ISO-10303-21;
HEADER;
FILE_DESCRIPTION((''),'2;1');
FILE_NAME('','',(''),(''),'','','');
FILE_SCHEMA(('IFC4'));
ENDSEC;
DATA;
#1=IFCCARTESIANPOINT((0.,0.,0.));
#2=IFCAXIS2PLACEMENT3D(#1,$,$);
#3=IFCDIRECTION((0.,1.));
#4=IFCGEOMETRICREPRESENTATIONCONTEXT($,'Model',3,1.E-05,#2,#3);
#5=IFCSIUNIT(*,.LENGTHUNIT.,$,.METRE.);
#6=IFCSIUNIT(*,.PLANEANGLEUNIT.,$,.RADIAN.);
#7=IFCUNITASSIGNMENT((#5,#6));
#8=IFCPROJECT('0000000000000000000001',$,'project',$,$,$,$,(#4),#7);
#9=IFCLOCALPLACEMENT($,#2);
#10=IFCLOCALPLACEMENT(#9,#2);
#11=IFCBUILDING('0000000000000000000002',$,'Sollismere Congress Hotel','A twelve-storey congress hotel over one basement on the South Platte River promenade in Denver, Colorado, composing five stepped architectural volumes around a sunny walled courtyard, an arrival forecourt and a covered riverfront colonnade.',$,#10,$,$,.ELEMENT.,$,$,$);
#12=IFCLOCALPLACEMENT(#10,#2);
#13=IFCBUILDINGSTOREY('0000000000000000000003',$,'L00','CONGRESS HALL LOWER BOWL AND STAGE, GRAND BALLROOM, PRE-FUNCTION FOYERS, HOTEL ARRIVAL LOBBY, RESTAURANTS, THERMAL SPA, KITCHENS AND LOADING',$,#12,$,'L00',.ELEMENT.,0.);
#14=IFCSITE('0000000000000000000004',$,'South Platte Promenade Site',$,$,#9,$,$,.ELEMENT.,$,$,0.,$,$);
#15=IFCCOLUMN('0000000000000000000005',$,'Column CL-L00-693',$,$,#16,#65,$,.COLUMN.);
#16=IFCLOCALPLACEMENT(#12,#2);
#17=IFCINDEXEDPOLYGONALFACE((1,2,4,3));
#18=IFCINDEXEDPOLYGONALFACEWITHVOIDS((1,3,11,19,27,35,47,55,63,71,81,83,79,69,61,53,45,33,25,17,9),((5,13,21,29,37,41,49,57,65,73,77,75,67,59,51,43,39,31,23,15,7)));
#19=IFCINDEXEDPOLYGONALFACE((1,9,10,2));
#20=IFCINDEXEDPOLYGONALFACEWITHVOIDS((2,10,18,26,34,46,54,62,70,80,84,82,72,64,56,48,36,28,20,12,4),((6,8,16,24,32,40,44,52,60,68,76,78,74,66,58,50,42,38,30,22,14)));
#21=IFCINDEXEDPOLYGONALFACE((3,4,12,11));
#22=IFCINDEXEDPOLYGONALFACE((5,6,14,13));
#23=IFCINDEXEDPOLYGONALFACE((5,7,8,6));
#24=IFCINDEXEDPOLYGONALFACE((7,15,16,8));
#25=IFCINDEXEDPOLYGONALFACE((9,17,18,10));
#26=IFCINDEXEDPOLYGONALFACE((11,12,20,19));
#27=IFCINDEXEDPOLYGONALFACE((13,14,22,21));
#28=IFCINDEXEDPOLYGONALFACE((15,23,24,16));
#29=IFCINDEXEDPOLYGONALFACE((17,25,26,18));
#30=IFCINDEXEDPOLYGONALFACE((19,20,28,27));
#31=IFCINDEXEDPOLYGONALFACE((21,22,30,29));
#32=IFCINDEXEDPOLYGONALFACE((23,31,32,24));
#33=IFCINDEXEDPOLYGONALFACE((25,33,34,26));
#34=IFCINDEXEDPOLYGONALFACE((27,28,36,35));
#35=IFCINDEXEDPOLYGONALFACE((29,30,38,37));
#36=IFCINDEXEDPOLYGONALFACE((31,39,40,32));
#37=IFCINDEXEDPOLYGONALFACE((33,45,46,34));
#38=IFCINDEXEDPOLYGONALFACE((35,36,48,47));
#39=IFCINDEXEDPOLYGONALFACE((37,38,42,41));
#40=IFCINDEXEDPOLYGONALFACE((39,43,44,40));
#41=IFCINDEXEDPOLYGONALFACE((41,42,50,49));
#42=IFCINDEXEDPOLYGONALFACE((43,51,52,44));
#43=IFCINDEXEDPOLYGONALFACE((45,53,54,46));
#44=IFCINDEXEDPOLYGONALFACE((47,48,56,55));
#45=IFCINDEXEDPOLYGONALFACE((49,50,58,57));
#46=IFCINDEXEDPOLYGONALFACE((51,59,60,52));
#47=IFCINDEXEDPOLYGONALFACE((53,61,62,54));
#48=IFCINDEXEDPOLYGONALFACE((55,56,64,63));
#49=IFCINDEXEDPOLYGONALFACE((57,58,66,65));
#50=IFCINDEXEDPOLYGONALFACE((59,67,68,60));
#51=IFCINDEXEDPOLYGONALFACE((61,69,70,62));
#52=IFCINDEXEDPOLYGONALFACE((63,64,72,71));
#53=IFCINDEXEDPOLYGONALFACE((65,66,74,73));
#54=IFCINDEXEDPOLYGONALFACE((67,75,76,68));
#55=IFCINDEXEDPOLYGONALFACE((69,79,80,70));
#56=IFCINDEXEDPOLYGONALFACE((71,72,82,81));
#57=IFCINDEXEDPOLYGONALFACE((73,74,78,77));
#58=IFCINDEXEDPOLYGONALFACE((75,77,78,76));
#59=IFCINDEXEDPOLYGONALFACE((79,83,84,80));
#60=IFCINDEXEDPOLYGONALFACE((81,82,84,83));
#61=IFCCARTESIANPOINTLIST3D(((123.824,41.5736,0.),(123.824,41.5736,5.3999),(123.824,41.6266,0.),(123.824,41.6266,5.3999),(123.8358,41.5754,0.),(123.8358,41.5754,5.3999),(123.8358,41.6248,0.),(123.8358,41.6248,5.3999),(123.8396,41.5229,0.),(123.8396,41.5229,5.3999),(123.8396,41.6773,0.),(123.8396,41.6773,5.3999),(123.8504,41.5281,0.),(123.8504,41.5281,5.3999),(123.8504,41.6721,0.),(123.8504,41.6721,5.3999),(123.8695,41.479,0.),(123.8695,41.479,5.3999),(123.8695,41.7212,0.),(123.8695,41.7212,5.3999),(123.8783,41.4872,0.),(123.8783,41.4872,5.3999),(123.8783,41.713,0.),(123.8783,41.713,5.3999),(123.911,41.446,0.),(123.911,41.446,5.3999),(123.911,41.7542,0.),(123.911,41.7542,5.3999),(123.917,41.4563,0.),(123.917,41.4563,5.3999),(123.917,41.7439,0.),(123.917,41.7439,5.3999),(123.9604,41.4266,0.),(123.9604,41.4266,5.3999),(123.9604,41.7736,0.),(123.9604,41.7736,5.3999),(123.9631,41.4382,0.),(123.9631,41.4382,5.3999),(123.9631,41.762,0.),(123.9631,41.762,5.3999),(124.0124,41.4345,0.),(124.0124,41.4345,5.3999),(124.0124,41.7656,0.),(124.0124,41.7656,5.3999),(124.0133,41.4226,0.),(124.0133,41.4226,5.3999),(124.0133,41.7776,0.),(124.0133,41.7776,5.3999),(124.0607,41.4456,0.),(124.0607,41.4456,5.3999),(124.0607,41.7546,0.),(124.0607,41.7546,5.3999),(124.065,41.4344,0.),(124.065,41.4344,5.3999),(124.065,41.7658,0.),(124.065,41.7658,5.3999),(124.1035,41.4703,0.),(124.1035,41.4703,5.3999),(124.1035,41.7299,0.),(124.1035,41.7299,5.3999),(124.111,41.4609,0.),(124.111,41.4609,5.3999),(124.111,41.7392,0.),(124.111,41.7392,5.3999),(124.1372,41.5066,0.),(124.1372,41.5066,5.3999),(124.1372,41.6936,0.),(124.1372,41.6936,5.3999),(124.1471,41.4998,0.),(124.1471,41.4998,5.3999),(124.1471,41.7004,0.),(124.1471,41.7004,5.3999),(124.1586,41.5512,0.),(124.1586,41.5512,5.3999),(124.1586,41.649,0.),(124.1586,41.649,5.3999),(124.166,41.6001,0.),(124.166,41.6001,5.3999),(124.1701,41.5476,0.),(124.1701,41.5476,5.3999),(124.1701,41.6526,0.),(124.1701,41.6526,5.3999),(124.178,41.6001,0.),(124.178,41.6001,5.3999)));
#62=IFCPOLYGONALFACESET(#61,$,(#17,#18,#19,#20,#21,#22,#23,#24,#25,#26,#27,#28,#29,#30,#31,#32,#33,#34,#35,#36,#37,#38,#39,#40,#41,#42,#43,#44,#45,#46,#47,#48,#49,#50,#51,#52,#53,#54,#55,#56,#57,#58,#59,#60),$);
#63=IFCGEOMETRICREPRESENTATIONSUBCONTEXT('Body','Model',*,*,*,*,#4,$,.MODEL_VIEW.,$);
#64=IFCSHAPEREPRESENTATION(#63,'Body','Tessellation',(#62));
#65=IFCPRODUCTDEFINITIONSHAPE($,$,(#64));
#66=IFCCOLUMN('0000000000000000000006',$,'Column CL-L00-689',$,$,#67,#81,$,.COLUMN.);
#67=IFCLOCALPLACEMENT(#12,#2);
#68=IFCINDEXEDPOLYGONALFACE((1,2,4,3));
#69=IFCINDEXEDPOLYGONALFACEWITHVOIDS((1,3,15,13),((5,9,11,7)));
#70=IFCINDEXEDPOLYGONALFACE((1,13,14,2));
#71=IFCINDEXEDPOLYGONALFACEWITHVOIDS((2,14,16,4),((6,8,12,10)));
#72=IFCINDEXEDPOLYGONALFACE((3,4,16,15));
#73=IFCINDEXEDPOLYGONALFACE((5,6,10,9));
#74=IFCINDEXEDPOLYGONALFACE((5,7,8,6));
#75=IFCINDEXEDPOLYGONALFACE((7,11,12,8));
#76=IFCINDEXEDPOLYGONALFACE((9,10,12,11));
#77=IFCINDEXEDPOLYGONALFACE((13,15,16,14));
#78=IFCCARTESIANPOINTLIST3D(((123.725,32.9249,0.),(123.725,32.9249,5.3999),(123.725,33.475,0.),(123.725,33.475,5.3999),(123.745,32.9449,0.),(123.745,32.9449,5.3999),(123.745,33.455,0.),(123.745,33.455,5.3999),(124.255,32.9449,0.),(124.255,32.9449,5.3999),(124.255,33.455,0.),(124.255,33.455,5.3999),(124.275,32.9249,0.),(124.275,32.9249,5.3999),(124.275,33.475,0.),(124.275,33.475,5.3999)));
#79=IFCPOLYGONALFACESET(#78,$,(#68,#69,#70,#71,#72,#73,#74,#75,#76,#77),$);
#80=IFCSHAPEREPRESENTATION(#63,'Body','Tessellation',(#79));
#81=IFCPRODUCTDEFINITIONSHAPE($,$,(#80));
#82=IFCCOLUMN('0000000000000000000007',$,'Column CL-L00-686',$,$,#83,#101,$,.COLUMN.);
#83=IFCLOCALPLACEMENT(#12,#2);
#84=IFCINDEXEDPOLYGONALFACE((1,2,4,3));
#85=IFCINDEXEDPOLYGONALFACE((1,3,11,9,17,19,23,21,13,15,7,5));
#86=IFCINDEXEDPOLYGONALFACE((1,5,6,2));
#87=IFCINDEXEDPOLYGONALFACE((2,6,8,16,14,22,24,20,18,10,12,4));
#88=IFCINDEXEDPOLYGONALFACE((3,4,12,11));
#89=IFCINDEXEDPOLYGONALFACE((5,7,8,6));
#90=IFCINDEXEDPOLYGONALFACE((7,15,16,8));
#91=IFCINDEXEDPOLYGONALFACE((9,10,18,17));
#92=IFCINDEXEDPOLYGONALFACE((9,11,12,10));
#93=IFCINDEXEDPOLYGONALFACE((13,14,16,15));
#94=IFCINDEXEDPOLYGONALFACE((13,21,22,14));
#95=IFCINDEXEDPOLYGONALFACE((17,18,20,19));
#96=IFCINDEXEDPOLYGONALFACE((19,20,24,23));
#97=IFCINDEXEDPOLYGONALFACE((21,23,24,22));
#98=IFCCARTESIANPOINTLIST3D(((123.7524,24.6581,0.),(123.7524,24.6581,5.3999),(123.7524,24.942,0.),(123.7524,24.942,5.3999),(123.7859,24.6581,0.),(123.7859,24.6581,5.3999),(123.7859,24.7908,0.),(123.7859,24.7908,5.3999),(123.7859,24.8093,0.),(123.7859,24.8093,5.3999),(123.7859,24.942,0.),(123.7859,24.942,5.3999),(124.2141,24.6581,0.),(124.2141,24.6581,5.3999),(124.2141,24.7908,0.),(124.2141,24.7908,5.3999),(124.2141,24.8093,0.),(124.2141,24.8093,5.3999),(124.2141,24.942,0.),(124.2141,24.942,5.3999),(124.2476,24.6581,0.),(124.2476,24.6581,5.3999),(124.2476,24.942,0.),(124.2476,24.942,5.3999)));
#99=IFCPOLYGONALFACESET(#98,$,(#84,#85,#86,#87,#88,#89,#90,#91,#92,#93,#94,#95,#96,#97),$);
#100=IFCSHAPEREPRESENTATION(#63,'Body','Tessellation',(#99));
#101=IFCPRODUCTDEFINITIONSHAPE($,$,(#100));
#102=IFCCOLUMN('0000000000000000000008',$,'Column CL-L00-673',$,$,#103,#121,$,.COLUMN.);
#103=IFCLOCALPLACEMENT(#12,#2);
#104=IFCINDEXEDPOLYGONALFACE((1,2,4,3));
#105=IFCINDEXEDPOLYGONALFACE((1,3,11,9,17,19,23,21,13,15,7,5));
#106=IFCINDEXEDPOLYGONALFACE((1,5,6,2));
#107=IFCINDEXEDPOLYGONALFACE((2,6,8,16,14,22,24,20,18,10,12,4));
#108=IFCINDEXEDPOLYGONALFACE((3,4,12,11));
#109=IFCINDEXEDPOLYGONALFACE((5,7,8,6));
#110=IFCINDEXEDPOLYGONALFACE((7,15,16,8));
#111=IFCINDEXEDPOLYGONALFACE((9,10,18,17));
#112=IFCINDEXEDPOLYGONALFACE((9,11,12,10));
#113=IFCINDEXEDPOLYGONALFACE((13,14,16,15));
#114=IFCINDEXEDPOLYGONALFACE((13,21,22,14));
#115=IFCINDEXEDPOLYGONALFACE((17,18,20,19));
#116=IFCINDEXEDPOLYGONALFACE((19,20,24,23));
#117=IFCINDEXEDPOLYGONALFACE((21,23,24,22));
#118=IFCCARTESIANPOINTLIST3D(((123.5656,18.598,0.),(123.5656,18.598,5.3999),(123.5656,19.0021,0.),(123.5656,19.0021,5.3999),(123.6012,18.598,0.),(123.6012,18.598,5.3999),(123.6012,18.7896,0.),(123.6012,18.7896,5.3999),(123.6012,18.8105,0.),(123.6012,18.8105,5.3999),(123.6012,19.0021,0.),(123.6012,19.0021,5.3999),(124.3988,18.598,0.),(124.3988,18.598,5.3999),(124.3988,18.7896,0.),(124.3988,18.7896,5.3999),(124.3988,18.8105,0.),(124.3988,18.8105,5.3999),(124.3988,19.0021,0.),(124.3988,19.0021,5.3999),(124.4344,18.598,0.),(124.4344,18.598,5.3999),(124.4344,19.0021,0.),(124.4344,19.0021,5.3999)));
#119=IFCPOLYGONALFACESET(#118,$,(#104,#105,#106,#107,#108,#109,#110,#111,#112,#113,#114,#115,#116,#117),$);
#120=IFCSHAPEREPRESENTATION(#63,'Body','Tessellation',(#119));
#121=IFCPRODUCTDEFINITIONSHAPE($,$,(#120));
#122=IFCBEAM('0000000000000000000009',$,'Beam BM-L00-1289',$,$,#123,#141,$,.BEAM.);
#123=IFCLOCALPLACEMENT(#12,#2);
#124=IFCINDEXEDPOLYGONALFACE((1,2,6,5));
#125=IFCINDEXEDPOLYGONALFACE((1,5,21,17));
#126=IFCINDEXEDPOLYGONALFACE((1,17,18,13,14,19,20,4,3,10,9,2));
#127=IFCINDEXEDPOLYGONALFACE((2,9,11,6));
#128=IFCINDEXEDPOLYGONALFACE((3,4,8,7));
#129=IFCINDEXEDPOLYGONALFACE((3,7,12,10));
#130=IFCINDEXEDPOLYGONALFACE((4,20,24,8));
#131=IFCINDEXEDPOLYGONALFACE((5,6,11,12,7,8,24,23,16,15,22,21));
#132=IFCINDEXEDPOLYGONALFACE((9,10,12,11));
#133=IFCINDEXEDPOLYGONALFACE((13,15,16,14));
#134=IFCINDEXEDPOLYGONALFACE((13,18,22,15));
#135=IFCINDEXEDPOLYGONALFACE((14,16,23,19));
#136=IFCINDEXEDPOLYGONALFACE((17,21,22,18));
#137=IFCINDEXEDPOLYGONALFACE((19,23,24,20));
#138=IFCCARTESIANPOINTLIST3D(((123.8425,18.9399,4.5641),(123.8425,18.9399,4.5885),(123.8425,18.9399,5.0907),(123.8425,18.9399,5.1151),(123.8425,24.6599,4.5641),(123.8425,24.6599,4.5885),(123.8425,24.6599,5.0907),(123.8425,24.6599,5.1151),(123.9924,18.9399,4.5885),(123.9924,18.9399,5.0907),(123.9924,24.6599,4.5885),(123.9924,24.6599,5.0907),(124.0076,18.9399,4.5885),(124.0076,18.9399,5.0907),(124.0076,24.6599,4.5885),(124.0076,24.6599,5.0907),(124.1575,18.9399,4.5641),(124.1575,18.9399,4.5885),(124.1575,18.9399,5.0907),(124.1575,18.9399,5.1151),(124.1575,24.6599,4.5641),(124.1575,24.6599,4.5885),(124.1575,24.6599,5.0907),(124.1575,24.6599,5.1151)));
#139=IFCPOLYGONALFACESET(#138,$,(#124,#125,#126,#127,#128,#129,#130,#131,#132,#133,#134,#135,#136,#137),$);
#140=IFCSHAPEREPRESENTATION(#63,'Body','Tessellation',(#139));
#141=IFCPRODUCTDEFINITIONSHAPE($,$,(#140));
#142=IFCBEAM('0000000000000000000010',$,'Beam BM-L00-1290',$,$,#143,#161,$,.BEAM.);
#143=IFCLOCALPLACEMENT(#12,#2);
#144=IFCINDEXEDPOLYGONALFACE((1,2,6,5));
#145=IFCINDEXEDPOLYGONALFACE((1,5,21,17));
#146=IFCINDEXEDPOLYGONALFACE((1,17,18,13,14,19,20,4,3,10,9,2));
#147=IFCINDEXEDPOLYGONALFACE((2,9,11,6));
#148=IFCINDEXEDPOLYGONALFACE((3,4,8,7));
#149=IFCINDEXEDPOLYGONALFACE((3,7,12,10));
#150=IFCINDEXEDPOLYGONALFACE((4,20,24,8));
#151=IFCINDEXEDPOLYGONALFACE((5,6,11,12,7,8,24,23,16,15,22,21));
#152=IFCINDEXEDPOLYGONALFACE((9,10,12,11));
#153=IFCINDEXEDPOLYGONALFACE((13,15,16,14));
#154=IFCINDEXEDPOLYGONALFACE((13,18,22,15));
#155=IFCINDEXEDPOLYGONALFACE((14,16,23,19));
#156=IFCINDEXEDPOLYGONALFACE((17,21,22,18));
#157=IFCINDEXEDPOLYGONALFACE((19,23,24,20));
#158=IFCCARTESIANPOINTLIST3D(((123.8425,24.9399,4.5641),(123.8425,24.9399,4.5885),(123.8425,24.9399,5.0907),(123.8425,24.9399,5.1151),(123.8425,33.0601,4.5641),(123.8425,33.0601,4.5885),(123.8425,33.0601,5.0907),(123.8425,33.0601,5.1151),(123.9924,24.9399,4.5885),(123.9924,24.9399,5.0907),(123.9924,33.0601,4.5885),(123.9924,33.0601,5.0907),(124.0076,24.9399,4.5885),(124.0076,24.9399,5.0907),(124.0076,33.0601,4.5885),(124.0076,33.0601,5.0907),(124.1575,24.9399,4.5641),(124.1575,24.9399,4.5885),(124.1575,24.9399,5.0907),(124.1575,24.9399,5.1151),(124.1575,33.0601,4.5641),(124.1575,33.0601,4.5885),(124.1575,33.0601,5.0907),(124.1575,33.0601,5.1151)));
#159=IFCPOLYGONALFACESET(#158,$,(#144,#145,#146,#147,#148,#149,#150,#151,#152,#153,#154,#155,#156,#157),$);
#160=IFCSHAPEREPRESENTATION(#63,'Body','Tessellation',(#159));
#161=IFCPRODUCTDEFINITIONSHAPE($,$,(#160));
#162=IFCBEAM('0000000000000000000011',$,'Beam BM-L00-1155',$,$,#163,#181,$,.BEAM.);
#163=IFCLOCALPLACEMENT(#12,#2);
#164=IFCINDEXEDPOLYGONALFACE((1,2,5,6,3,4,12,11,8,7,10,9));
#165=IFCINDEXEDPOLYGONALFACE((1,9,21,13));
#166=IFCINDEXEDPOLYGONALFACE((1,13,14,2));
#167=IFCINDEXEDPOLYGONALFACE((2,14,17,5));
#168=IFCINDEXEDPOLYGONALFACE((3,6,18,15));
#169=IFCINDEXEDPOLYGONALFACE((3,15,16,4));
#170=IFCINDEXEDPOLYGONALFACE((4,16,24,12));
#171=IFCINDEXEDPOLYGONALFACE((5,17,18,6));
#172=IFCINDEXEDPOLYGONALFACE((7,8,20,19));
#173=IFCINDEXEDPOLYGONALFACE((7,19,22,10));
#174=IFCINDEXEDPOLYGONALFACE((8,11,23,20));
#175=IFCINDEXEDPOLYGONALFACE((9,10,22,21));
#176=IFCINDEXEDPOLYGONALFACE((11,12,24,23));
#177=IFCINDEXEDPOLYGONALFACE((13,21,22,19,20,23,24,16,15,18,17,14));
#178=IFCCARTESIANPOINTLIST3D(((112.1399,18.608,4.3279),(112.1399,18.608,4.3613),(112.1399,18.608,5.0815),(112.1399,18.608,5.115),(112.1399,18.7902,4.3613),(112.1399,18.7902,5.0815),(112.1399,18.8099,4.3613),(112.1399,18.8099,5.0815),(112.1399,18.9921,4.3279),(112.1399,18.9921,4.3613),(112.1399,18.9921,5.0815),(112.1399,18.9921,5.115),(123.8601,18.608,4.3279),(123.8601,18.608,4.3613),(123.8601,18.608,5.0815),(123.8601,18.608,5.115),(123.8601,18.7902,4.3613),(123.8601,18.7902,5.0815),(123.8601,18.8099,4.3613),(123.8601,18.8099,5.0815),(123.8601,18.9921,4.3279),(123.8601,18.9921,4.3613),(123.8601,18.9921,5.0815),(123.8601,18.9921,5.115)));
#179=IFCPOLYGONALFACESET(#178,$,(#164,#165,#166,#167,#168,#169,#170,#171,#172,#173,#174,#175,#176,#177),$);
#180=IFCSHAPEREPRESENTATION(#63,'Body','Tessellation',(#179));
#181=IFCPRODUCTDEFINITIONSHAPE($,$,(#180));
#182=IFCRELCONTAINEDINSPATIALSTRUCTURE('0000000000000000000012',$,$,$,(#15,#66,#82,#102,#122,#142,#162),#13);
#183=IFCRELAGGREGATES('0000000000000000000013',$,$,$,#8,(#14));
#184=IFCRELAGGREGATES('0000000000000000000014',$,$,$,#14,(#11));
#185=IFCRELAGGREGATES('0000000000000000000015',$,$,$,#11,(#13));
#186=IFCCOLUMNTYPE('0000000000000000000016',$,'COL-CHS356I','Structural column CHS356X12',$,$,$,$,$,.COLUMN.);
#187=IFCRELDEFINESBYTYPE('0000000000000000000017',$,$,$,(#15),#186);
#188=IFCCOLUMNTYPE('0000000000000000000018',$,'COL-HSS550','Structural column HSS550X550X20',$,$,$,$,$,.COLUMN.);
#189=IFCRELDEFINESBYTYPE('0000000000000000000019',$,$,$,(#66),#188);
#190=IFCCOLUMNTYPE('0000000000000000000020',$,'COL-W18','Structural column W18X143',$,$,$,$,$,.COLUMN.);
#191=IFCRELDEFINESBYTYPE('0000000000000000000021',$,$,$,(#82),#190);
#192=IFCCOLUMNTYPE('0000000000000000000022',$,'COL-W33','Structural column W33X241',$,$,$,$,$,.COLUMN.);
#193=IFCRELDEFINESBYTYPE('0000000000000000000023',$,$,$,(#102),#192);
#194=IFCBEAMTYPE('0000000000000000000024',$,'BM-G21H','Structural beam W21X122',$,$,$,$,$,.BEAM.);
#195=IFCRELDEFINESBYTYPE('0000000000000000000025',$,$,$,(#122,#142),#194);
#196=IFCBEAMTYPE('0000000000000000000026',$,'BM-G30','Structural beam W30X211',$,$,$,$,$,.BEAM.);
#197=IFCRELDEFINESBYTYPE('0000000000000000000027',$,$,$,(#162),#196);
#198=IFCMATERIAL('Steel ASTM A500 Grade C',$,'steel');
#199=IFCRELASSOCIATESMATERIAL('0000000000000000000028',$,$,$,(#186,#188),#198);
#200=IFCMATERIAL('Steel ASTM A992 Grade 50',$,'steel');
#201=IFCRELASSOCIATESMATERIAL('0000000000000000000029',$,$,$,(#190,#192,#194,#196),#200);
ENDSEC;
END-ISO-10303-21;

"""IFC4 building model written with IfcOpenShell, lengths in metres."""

from ifc_helpers import new_model, si_unit, direction, frame, origin, origin_2d, place, context, subcontext, project, spatial, hollow_rectangle, hollow_circle, i_section, extrude, material, material_profile, profile_set, type_object, element, save


model = new_model("IFC4")

# Units and contexts
model_context = context("Model", 3, precision=1e-05, world=origin(), true_north=direction((0.0, 1.0)))
body_context = subcontext(model_context, "Body", "Model", "MODEL_VIEW")
ifc_project = project(units=[si_unit("LENGTHUNIT", "METRE"), si_unit("PLANEANGLEUNIT", "RADIAN")], contexts=[model_context])

# Site, building, storey
site_placement = place(None, origin())
site = spatial("IfcSite", under=ifc_project, at=site_placement, Name="South Platte Promenade Site", CompositionType="ELEMENT", RefElevation=0.0)
building_placement = place(site_placement, origin())
building = spatial("IfcBuilding", under=site, at=building_placement, Name="Sollismere Congress Hotel", Description="A twelve-storey congress hotel over one basement on the South Platte River promenade in Denver, Colorado, composing five stepped architectural volumes around a sunny walled courtyard, an arrival forecourt and a covered riverfront colonnade.", CompositionType="ELEMENT")
storey_placement = place(building_placement, origin())
storey = spatial("IfcBuildingStorey", under=building, at=storey_placement, Name="L00", Description="CONGRESS HALL LOWER BOWL AND STAGE, GRAND BALLROOM, PRE-FUNCTION FOYERS, HOTEL ARRIVAL LOBBY, RESTAURANTS, THERMAL SPA, KITCHENS AND LOADING", LongName="L00", CompositionType="ELEMENT", Elevation=0.0)

# Columns
ifc_material_1 = material(Name="Steel ASTM A500 Grade C", Category="steel")
ifc_material_profile_1 = material_profile(ifc_material_1, hollow_circle(Radius=0.178, WallThickness=0.012, at=origin_2d()), Name="CHS356X12")
ifc_profile_set_1 = profile_set([ifc_material_profile_1], Name="Steel ASTM A500 Grade C")
column_type_1 = type_object("IfcColumnType", Name="COL-CHS356I", Description="Structural column CHS356X12", PredefinedType="COLUMN", material=ifc_profile_set_1)
column_1_placement = place(storey_placement, frame((124.0, 41.6001, 0.0), z_axis=(0.0, 0.0, 1.0), x_axis=(1.0, 0.0, 0.0)))
element("IfcColumn", 1, at=column_1_placement, inside=storey, type_object=column_type_1, Name="Column CL-L00-693", PredefinedType="COLUMN", context=body_context, shape_type="SweptSolid", body=[
    extrude(hollow_circle(Radius=0.178, WallThickness=0.012, at=origin_2d()), origin(), (0.0, 0.0, 1.0), 5.3999),
])
ifc_material_profile_2 = material_profile(ifc_material_1, hollow_rectangle(XDim=0.55, YDim=0.55, WallThickness=0.02, at=origin_2d()), Name="HSS550X550X20")
ifc_profile_set_2 = profile_set([ifc_material_profile_2], Name="Steel ASTM A500 Grade C")
column_type_2 = type_object("IfcColumnType", Name="COL-HSS550", Description="Structural column HSS550X550X20", PredefinedType="COLUMN", material=ifc_profile_set_2)
column_2_placement = place(storey_placement, frame((124.0, 33.2, 0.0), z_axis=(0.0, 0.0, 1.0), x_axis=(1.0, 0.0, 0.0)))
element("IfcColumn", 2, at=column_2_placement, inside=storey, type_object=column_type_2, Name="Column CL-L00-689", PredefinedType="COLUMN", context=body_context, shape_type="SweptSolid", body=[
    extrude(hollow_rectangle(XDim=0.55, YDim=0.55, WallThickness=0.02, at=origin_2d()), origin(), (0.0, 0.0, 1.0), 5.3999),
])
ifc_material_2 = material(Name="Steel ASTM A992 Grade 50", Category="steel")
ifc_material_profile_3 = material_profile(ifc_material_2, i_section(OverallWidth=0.2839, OverallDepth=0.4951, WebThickness=0.0186, FlangeThickness=0.0334, at=origin_2d()), Name="W18X143")
ifc_profile_set_3 = profile_set([ifc_material_profile_3], Name="Steel ASTM A992 Grade 50")
column_type_3 = type_object("IfcColumnType", Name="COL-W18", Description="Structural column W18X143", PredefinedType="COLUMN", material=ifc_profile_set_3)
column_3_placement = place(storey_placement, frame((124.0, 24.8, 0.0), z_axis=(0.0, 0.0, 1.0), x_axis=(0.0, 1.0, 0.0)))
element("IfcColumn", 3, at=column_3_placement, inside=storey, type_object=column_type_3, Name="Column CL-L00-686", PredefinedType="COLUMN", context=body_context, shape_type="SweptSolid", body=[
    extrude(i_section(OverallWidth=0.2839, OverallDepth=0.4951, WebThickness=0.0186, FlangeThickness=0.0334, at=origin_2d()), origin(), (0.0, 0.0, 1.0), 5.3999),
])
ifc_material_profile_4 = material_profile(ifc_material_2, i_section(OverallWidth=0.4041, OverallDepth=0.8689, WebThickness=0.021, FlangeThickness=0.0356, at=origin_2d()), Name="W33X241")
ifc_profile_set_4 = profile_set([ifc_material_profile_4], Name="Steel ASTM A992 Grade 50")
column_type_4 = type_object("IfcColumnType", Name="COL-W33", Description="Structural column W33X241", PredefinedType="COLUMN", material=ifc_profile_set_4)
column_4_placement = place(storey_placement, frame((124.0, 18.8, 0.0), z_axis=(0.0, 0.0, 1.0), x_axis=(0.0, 1.0, 0.0)))
element("IfcColumn", 4, at=column_4_placement, inside=storey, type_object=column_type_4, Name="Column CL-L00-673", PredefinedType="COLUMN", context=body_context, shape_type="SweptSolid", body=[
    extrude(i_section(OverallWidth=0.4041, OverallDepth=0.8689, WebThickness=0.021, FlangeThickness=0.0356, at=origin_2d()), origin(), (0.0, 0.0, 1.0), 5.3999),
])

# Beams
ifc_material_profile_5 = material_profile(ifc_material_2, i_section(OverallWidth=0.3149, OverallDepth=0.551, WebThickness=0.0151, FlangeThickness=0.0244, at=origin_2d()), Name="W21X122")
ifc_profile_set_5 = profile_set([ifc_material_profile_5], Name="Steel ASTM A992 Grade 50")
beam_type_1 = type_object("IfcBeamType", Name="BM-G21H", Description="Structural beam W21X122", PredefinedType="BEAM", material=ifc_profile_set_5)
beam_1_placement = place(storey_placement, frame((124.0, 18.9399, 4.8396), z_axis=(0.0, 1.0, 0.0), x_axis=(-1.0, 0.0, 0.0)))
element("IfcBeam", 5, at=beam_1_placement, inside=storey, type_object=beam_type_1, Name="Beam BM-L00-1289", PredefinedType="BEAM", context=body_context, shape_type="SweptSolid", body=[
    extrude(i_section(OverallWidth=0.3149, OverallDepth=0.551, WebThickness=0.0151, FlangeThickness=0.0244, at=origin_2d()), origin(), (0.0, 0.0, 1.0), 5.72),
])
beam_2_placement = place(storey_placement, frame((124.0, 24.9399, 4.8396), z_axis=(0.0, 1.0, 0.0), x_axis=(-1.0, 0.0, 0.0)))
element("IfcBeam", 6, at=beam_2_placement, inside=storey, type_object=beam_type_1, Name="Beam BM-L00-1290", PredefinedType="BEAM", context=body_context, shape_type="SweptSolid", body=[
    extrude(i_section(OverallWidth=0.3149, OverallDepth=0.551, WebThickness=0.0151, FlangeThickness=0.0244, at=origin_2d()), origin(), (0.0, 0.0, 1.0), 8.1201),
])
ifc_material_profile_6 = material_profile(ifc_material_2, i_section(OverallWidth=0.384, OverallDepth=0.7871, WebThickness=0.0198, FlangeThickness=0.0334, at=origin_2d()), Name="W30X211")
ifc_profile_set_6 = profile_set([ifc_material_profile_6], Name="Steel ASTM A992 Grade 50")
beam_type_2 = type_object("IfcBeamType", Name="BM-G30", Description="Structural beam W30X211", PredefinedType="BEAM", material=ifc_profile_set_6)
for number, where, z_axis, x_axis, name in (
    (7, (112.1399, 18.8, 4.7214), (1.0, 0.0, 0.0), (0.0, 1.0, 0.0), "Beam BM-L00-1155"),
):
    element("IfcBeam", number, at=place(storey_placement, frame(where, z_axis=z_axis, x_axis=x_axis)), inside=storey, type_object=beam_type_2, Name=name, PredefinedType="BEAM", context=body_context, shape_type="SweptSolid", body=[
        extrude(i_section(OverallWidth=0.384, OverallDepth=0.7871, WebThickness=0.0198, FlangeThickness=0.0334, at=origin_2d()), origin(), (0.0, 0.0, 1.0), 11.7202),
    ])

save(model, "model.ifc")
